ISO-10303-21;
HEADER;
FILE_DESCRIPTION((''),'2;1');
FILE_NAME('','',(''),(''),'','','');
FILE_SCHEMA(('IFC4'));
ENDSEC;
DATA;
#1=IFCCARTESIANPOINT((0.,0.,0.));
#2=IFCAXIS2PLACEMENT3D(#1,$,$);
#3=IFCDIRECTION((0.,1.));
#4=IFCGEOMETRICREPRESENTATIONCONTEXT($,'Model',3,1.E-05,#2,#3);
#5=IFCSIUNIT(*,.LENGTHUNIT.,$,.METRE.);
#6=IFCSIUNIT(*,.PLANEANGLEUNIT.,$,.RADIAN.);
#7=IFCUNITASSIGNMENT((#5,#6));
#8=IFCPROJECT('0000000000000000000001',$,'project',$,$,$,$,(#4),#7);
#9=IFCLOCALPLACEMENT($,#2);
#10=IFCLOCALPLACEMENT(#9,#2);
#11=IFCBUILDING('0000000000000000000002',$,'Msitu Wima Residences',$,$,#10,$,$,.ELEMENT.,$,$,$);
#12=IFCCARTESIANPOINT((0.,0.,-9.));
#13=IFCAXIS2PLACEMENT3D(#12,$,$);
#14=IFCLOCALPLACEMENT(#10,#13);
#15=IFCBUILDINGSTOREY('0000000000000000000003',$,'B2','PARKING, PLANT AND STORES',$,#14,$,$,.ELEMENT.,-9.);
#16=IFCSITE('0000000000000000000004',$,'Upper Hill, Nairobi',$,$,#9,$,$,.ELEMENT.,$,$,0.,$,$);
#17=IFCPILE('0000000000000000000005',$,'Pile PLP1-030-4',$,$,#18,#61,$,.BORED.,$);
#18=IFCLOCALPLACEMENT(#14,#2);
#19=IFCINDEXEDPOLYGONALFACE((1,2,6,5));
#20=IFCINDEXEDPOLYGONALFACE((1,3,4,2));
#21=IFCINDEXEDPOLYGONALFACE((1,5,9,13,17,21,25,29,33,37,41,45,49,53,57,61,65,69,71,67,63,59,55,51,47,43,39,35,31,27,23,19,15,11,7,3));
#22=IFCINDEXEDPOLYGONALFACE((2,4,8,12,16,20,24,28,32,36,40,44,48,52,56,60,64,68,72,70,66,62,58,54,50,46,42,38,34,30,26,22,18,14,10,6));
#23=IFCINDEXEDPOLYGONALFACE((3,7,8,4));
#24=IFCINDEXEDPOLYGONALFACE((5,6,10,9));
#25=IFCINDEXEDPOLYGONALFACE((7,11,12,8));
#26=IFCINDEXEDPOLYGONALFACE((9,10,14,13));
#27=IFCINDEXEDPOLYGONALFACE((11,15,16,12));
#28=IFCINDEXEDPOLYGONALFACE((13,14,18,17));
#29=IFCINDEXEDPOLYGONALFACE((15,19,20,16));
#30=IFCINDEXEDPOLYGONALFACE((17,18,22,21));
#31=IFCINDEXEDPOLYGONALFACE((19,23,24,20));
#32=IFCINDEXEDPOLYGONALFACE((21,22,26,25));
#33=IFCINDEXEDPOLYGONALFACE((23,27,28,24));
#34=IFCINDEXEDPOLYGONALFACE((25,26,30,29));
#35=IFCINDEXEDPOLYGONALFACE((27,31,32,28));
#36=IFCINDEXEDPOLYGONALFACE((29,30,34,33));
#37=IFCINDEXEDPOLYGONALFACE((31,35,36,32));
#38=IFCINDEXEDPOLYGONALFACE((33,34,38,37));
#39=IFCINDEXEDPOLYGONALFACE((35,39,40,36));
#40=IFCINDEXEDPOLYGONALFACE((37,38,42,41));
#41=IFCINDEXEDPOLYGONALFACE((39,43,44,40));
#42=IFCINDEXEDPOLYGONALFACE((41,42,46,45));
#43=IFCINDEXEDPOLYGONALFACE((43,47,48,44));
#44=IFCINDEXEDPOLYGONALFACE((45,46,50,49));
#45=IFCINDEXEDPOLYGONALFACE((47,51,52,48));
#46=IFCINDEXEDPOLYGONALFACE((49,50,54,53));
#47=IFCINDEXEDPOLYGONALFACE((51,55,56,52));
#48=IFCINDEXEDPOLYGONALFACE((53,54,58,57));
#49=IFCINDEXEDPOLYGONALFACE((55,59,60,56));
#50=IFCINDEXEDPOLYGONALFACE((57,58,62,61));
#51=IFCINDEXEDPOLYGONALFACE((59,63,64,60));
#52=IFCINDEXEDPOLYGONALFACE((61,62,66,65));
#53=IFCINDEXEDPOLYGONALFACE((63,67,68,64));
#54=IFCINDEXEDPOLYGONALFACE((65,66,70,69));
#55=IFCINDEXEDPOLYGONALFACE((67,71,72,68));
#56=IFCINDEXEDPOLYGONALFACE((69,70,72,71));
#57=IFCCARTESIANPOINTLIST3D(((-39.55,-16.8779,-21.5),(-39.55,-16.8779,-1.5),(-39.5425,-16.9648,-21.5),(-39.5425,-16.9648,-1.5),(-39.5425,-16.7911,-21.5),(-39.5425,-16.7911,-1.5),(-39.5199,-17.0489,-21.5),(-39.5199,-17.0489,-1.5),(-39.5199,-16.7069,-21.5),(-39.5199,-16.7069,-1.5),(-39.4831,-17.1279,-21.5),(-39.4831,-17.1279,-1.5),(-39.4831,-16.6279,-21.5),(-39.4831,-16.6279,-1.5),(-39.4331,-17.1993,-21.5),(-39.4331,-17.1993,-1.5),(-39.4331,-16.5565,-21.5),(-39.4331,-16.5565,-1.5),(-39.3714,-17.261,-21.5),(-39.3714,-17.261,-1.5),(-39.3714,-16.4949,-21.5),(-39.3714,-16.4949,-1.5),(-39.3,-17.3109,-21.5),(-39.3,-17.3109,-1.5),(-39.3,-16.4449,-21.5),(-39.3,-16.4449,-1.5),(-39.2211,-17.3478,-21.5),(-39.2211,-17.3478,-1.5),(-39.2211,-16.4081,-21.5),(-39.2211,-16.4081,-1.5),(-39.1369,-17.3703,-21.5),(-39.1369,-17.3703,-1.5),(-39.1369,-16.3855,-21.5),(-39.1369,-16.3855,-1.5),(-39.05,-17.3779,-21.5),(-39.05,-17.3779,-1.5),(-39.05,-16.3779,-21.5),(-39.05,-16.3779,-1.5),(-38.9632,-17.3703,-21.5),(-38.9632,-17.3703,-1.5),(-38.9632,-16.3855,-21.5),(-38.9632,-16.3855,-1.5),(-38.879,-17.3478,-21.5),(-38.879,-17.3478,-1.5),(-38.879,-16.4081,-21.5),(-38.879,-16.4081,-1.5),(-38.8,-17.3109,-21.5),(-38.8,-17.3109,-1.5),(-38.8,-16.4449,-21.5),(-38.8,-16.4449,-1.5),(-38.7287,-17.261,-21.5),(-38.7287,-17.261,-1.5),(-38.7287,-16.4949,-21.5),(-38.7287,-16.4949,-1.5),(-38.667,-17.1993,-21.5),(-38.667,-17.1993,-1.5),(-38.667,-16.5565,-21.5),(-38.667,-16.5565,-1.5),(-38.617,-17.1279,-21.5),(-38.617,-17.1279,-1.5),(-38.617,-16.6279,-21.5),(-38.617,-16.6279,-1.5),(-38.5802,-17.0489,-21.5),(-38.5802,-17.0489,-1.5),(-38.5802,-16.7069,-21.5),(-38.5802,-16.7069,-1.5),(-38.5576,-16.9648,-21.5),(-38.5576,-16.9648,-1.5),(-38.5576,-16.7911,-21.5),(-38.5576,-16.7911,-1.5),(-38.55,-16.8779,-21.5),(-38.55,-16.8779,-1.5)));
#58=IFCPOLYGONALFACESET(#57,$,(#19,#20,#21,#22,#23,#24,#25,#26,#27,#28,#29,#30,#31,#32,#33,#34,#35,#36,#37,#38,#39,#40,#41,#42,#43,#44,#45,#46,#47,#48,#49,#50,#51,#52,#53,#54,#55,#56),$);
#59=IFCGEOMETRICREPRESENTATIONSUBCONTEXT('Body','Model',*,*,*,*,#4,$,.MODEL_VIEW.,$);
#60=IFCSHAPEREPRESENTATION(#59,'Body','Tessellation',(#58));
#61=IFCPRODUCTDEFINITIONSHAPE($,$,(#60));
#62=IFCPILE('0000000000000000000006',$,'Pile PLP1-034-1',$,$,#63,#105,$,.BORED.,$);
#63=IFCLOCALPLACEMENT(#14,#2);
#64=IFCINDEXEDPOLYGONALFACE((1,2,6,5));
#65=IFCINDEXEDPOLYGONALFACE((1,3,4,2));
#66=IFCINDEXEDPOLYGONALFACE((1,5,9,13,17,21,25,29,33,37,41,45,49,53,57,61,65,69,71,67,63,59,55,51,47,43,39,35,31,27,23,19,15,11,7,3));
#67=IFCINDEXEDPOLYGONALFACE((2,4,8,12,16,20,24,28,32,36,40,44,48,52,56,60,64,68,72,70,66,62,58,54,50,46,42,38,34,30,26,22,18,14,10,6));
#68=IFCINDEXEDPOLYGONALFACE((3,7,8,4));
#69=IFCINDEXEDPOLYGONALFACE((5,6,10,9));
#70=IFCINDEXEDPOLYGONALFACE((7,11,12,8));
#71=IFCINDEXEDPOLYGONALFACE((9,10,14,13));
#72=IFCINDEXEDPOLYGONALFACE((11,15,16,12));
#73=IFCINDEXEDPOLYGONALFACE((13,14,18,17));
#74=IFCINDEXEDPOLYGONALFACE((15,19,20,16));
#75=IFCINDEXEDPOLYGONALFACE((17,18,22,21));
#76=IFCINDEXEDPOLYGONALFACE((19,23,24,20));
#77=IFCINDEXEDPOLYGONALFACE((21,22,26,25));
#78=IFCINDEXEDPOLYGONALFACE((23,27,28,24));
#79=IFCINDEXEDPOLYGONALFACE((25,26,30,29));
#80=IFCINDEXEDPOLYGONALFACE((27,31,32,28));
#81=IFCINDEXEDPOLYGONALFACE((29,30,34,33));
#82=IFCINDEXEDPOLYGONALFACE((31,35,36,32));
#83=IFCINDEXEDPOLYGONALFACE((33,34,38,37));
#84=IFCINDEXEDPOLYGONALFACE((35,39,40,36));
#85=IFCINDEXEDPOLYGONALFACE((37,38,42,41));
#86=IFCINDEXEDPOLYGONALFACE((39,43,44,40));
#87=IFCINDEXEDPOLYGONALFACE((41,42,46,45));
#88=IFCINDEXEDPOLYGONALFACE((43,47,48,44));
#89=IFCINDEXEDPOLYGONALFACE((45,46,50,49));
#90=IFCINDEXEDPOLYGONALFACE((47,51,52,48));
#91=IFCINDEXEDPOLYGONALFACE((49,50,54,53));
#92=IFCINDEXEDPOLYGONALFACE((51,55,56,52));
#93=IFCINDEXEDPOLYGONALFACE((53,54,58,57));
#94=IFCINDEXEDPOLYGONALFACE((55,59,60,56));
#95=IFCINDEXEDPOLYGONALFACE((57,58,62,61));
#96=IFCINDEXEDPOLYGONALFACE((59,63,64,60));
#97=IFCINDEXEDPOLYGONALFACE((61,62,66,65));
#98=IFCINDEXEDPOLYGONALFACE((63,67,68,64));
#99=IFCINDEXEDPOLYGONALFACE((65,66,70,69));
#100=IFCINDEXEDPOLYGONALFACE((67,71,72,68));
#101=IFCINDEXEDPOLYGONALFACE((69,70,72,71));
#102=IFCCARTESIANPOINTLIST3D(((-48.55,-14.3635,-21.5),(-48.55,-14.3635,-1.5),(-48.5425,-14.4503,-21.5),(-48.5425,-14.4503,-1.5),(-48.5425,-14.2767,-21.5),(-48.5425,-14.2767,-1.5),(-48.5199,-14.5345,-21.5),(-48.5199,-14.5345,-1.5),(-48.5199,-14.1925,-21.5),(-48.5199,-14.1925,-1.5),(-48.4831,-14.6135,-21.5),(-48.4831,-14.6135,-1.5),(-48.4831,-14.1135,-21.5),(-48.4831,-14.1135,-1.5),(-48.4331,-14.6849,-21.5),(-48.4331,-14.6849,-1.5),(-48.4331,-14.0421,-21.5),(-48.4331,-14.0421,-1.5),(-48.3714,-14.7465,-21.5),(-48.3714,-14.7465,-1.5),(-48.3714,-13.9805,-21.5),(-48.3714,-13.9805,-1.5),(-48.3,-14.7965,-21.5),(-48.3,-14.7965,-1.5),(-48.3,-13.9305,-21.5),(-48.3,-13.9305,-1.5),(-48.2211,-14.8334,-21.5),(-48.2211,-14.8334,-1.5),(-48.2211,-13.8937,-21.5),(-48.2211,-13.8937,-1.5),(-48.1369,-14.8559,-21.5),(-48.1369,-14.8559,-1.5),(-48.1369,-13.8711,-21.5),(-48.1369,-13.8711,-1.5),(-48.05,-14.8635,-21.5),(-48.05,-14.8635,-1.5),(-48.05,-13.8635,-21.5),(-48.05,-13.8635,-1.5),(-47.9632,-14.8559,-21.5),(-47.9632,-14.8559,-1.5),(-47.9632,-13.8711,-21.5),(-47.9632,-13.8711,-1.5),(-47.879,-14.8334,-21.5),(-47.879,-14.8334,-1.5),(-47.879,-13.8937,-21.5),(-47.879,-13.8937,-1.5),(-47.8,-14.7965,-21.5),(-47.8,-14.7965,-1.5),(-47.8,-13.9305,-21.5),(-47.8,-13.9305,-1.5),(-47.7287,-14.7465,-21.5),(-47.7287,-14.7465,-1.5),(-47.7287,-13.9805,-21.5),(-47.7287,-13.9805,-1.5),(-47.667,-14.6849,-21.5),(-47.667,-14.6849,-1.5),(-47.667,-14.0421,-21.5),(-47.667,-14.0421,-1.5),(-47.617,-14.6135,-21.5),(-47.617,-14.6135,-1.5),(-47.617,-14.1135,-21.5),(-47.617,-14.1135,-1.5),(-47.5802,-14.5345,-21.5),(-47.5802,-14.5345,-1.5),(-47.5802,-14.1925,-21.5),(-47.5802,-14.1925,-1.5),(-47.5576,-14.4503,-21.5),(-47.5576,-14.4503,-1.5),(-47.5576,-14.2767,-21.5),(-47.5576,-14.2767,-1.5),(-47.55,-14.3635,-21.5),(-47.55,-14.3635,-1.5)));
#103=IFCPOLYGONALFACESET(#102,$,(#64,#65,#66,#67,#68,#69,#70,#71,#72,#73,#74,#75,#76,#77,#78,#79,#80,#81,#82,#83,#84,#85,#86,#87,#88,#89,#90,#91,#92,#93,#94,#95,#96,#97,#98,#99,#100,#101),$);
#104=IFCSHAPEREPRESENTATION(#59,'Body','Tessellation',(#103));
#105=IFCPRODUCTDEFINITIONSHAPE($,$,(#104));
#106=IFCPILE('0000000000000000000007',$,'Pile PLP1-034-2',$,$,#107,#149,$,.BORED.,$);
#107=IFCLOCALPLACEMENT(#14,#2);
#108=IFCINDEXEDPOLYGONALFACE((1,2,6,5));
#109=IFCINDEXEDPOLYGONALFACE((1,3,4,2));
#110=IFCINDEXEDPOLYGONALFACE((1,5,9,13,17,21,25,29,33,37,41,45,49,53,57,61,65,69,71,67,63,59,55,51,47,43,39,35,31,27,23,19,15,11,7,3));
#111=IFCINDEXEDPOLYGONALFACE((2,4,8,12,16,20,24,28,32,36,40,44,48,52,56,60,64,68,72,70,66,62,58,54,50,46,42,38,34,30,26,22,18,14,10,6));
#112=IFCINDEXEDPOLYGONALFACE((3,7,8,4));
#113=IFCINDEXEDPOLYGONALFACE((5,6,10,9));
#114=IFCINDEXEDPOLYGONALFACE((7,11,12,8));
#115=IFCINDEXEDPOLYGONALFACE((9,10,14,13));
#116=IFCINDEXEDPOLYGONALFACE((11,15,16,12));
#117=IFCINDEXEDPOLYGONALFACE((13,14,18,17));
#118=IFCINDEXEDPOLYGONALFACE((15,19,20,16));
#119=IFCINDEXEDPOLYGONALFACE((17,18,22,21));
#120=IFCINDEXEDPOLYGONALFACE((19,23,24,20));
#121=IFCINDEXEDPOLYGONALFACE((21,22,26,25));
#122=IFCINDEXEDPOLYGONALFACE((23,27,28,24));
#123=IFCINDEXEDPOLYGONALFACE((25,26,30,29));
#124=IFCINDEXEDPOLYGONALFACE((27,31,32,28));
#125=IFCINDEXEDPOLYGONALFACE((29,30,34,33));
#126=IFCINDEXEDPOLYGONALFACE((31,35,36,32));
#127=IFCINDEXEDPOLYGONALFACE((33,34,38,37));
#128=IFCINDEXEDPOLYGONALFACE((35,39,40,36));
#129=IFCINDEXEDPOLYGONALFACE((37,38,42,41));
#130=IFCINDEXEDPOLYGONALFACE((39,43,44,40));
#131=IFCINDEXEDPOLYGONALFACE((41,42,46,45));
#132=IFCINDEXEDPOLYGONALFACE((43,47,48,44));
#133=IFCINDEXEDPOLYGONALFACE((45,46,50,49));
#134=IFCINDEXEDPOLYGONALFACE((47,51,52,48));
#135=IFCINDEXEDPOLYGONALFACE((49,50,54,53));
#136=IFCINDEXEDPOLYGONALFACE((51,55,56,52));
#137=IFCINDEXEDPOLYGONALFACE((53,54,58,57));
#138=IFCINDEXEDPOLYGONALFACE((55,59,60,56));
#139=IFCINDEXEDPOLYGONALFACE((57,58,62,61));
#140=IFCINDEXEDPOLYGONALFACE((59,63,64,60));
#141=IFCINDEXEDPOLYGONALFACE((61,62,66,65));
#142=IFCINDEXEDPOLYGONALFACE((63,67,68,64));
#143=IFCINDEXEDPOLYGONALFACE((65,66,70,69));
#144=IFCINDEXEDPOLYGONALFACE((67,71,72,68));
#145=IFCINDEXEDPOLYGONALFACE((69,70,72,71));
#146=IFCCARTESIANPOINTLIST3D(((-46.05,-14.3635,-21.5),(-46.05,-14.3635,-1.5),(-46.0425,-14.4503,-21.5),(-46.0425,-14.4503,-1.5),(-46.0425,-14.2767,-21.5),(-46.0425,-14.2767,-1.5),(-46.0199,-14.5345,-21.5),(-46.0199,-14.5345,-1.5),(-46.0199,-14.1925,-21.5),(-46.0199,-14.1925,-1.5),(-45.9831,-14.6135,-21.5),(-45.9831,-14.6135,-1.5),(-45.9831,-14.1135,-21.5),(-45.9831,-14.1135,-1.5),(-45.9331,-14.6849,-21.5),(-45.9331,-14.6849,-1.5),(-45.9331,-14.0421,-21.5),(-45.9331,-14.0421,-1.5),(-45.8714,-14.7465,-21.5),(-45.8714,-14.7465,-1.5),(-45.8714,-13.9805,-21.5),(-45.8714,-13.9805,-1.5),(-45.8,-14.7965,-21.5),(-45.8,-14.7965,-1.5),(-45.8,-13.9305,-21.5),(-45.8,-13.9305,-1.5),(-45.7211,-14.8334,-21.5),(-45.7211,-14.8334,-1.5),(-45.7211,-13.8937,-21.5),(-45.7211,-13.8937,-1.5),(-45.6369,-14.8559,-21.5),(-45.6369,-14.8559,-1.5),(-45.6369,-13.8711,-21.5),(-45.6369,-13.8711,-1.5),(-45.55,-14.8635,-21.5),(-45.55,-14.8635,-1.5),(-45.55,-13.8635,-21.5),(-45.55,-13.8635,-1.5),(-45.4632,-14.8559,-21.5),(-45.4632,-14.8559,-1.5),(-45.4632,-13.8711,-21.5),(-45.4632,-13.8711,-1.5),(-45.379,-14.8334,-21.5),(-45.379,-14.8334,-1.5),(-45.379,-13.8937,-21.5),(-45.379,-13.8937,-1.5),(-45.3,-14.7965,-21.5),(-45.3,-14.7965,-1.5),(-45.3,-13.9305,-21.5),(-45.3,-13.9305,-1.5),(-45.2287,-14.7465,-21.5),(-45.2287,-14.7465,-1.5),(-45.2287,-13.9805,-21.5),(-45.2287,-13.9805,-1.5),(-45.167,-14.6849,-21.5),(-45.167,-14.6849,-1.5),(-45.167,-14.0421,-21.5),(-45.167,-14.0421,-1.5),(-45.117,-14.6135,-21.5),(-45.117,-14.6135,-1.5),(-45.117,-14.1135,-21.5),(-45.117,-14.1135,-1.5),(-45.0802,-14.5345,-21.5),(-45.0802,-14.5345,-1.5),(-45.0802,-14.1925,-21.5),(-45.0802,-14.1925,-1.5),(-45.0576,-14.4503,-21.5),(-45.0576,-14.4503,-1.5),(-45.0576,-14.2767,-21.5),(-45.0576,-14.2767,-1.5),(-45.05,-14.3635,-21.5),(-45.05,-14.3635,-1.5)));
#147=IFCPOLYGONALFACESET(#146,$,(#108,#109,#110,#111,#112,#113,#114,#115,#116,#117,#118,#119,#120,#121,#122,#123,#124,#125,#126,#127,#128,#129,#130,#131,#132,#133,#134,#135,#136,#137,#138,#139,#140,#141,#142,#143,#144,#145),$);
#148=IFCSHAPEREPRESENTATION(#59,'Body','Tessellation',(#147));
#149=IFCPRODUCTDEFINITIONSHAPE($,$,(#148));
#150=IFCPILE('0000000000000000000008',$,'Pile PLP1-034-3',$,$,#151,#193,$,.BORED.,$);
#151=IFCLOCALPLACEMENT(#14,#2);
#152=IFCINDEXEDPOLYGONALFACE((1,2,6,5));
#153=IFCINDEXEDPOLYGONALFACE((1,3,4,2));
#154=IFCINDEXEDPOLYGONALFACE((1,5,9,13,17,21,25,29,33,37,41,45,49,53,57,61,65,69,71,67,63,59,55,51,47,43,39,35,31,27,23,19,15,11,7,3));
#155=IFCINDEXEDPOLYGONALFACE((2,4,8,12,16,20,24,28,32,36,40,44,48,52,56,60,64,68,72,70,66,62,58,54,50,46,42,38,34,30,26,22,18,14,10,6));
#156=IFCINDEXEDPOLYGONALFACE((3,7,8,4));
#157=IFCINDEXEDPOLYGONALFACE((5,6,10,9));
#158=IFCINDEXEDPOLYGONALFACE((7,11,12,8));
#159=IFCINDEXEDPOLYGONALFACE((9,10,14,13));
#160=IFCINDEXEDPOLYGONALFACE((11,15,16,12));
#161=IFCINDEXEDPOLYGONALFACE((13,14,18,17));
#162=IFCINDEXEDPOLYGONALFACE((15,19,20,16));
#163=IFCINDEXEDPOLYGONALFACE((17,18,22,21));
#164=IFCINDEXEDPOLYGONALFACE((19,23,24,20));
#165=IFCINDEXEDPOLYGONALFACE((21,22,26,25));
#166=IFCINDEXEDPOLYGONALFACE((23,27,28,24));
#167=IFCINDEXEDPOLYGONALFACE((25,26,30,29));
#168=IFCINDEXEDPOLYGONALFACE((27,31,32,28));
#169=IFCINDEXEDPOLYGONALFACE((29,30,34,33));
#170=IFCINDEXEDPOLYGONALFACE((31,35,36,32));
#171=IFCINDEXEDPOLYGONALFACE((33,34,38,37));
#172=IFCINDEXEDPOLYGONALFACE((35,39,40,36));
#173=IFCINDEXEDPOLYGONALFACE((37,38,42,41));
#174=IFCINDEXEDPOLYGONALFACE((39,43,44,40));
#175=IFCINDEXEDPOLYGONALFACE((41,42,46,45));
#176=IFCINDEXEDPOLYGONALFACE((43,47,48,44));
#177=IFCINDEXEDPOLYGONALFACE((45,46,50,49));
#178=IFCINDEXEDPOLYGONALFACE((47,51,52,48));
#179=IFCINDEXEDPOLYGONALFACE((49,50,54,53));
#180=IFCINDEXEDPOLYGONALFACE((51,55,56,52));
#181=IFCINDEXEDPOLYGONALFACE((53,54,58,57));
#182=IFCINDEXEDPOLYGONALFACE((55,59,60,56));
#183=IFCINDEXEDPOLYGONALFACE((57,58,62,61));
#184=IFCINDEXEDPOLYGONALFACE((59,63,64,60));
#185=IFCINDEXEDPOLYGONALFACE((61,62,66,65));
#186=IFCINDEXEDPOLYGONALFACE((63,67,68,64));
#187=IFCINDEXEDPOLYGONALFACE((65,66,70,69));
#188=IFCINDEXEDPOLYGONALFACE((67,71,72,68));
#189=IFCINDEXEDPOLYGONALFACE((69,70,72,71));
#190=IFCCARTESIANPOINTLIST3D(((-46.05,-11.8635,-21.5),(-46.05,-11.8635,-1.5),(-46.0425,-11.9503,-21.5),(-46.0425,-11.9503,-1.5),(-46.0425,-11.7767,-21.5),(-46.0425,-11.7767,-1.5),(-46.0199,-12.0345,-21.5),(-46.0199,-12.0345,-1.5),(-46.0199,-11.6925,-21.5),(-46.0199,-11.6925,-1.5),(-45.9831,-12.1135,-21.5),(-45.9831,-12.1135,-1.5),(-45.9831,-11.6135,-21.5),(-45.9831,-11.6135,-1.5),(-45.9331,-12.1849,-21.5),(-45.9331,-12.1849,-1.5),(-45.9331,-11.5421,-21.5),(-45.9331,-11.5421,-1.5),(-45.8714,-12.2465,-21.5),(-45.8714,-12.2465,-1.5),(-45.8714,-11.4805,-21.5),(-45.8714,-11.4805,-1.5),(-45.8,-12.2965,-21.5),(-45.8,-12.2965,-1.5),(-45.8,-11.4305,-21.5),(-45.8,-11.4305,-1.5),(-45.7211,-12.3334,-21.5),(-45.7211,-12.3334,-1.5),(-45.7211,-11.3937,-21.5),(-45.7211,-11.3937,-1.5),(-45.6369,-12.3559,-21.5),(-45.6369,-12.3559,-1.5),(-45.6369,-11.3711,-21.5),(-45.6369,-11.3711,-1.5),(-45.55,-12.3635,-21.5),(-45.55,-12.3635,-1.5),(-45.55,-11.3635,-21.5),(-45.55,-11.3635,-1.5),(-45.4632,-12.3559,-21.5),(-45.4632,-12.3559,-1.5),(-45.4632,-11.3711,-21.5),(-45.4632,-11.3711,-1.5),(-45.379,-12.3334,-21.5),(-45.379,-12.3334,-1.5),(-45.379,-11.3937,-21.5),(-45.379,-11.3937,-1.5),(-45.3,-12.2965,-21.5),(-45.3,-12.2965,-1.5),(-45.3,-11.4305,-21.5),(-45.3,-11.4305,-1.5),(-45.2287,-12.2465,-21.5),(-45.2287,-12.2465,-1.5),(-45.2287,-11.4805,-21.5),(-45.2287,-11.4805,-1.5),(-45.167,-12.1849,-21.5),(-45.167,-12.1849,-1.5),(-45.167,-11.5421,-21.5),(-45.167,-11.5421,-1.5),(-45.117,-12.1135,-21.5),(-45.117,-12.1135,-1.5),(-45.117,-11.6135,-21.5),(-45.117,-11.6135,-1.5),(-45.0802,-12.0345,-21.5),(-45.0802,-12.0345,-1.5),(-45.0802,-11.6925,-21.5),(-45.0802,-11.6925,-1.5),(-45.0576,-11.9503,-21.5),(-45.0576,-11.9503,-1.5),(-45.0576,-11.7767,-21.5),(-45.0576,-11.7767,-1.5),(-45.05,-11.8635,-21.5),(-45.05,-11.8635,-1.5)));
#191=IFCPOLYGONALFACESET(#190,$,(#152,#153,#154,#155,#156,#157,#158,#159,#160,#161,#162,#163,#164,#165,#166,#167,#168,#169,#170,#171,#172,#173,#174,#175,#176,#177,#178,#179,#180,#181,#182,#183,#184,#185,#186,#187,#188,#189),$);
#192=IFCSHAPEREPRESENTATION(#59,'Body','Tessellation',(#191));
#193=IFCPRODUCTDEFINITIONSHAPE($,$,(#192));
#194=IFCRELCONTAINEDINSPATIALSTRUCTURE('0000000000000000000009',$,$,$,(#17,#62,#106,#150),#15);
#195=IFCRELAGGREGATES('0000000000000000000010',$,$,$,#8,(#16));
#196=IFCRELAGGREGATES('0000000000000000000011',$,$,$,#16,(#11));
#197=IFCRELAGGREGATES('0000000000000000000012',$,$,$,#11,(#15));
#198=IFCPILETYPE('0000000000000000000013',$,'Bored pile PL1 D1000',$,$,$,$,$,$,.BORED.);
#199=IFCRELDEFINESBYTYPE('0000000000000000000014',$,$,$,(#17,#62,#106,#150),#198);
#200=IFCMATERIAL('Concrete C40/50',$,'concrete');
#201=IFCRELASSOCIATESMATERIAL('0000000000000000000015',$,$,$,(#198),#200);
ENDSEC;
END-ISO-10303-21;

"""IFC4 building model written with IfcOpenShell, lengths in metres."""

from ifc_helpers import new_model, si_unit, direction, frame, origin, origin_2d, place, context, subcontext, project, spatial, circle, extrude, material, type_object, element, save


model = new_model("IFC4")

# Units and contexts
model_context = context("Model", 3, precision=1e-05, world=origin(), true_north=direction((0.0, 1.0)))
body_context = subcontext(model_context, "Body", "Model", "MODEL_VIEW")
ifc_project = project(units=[si_unit("LENGTHUNIT", "METRE"), si_unit("PLANEANGLEUNIT", "RADIAN")], contexts=[model_context])

# Site, building, storey
site_placement = place(None, origin())
site = spatial("IfcSite", under=ifc_project, at=site_placement, Name="Upper Hill, Nairobi", CompositionType="ELEMENT", RefElevation=0.0)
building_placement = place(site_placement, origin())
building = spatial("IfcBuilding", under=site, at=building_placement, Name="Msitu Wima Residences", CompositionType="ELEMENT")
storey_placement = place(building_placement, frame((0.0, 0.0, -9.0)))
storey = spatial("IfcBuildingStorey", under=building, at=storey_placement, Name="B2", Description="PARKING, PLANT AND STORES", CompositionType="ELEMENT", Elevation=-9.0)

# Piles
ifc_material_1 = material(Name="Concrete C40/50", Category="concrete")
pile_type = type_object("IfcPileType", Name="Bored pile PL1 D1000", PredefinedType="BORED", material=ifc_material_1)
for number, where, z_axis, x_axis, name in (
    (1, (-39.05, -16.8779, -1.5), (0.0, 0.0, -1.0), (1.0, 0.0, 0.0), "Pile PLP1-030-4"),
    (2, (-48.05, -14.3635, -1.5), (0.0, 0.0, -1.0), (1.0, 0.0, 0.0), "Pile PLP1-034-1"),
    (3, (-45.55, -14.3635, -1.5), (0.0, 0.0, -1.0), (1.0, 0.0, 0.0), "Pile PLP1-034-2"),
    (4, (-45.55, -11.8635, -1.5), (0.0, 0.0, -1.0), (1.0, 0.0, 0.0), "Pile PLP1-034-3"),
):
    element("IfcPile", number, at=place(storey_placement, frame(where, z_axis=z_axis, x_axis=x_axis)), inside=storey, type_object=pile_type, Name=name, PredefinedType="BORED", context=body_context, shape_type="SweptSolid", body=[
        extrude(circle(Radius=0.5, at=origin_2d()), origin(), (0.0, 0.0, 1.0), 20.0),
    ])

save(model, "model.ifc")
